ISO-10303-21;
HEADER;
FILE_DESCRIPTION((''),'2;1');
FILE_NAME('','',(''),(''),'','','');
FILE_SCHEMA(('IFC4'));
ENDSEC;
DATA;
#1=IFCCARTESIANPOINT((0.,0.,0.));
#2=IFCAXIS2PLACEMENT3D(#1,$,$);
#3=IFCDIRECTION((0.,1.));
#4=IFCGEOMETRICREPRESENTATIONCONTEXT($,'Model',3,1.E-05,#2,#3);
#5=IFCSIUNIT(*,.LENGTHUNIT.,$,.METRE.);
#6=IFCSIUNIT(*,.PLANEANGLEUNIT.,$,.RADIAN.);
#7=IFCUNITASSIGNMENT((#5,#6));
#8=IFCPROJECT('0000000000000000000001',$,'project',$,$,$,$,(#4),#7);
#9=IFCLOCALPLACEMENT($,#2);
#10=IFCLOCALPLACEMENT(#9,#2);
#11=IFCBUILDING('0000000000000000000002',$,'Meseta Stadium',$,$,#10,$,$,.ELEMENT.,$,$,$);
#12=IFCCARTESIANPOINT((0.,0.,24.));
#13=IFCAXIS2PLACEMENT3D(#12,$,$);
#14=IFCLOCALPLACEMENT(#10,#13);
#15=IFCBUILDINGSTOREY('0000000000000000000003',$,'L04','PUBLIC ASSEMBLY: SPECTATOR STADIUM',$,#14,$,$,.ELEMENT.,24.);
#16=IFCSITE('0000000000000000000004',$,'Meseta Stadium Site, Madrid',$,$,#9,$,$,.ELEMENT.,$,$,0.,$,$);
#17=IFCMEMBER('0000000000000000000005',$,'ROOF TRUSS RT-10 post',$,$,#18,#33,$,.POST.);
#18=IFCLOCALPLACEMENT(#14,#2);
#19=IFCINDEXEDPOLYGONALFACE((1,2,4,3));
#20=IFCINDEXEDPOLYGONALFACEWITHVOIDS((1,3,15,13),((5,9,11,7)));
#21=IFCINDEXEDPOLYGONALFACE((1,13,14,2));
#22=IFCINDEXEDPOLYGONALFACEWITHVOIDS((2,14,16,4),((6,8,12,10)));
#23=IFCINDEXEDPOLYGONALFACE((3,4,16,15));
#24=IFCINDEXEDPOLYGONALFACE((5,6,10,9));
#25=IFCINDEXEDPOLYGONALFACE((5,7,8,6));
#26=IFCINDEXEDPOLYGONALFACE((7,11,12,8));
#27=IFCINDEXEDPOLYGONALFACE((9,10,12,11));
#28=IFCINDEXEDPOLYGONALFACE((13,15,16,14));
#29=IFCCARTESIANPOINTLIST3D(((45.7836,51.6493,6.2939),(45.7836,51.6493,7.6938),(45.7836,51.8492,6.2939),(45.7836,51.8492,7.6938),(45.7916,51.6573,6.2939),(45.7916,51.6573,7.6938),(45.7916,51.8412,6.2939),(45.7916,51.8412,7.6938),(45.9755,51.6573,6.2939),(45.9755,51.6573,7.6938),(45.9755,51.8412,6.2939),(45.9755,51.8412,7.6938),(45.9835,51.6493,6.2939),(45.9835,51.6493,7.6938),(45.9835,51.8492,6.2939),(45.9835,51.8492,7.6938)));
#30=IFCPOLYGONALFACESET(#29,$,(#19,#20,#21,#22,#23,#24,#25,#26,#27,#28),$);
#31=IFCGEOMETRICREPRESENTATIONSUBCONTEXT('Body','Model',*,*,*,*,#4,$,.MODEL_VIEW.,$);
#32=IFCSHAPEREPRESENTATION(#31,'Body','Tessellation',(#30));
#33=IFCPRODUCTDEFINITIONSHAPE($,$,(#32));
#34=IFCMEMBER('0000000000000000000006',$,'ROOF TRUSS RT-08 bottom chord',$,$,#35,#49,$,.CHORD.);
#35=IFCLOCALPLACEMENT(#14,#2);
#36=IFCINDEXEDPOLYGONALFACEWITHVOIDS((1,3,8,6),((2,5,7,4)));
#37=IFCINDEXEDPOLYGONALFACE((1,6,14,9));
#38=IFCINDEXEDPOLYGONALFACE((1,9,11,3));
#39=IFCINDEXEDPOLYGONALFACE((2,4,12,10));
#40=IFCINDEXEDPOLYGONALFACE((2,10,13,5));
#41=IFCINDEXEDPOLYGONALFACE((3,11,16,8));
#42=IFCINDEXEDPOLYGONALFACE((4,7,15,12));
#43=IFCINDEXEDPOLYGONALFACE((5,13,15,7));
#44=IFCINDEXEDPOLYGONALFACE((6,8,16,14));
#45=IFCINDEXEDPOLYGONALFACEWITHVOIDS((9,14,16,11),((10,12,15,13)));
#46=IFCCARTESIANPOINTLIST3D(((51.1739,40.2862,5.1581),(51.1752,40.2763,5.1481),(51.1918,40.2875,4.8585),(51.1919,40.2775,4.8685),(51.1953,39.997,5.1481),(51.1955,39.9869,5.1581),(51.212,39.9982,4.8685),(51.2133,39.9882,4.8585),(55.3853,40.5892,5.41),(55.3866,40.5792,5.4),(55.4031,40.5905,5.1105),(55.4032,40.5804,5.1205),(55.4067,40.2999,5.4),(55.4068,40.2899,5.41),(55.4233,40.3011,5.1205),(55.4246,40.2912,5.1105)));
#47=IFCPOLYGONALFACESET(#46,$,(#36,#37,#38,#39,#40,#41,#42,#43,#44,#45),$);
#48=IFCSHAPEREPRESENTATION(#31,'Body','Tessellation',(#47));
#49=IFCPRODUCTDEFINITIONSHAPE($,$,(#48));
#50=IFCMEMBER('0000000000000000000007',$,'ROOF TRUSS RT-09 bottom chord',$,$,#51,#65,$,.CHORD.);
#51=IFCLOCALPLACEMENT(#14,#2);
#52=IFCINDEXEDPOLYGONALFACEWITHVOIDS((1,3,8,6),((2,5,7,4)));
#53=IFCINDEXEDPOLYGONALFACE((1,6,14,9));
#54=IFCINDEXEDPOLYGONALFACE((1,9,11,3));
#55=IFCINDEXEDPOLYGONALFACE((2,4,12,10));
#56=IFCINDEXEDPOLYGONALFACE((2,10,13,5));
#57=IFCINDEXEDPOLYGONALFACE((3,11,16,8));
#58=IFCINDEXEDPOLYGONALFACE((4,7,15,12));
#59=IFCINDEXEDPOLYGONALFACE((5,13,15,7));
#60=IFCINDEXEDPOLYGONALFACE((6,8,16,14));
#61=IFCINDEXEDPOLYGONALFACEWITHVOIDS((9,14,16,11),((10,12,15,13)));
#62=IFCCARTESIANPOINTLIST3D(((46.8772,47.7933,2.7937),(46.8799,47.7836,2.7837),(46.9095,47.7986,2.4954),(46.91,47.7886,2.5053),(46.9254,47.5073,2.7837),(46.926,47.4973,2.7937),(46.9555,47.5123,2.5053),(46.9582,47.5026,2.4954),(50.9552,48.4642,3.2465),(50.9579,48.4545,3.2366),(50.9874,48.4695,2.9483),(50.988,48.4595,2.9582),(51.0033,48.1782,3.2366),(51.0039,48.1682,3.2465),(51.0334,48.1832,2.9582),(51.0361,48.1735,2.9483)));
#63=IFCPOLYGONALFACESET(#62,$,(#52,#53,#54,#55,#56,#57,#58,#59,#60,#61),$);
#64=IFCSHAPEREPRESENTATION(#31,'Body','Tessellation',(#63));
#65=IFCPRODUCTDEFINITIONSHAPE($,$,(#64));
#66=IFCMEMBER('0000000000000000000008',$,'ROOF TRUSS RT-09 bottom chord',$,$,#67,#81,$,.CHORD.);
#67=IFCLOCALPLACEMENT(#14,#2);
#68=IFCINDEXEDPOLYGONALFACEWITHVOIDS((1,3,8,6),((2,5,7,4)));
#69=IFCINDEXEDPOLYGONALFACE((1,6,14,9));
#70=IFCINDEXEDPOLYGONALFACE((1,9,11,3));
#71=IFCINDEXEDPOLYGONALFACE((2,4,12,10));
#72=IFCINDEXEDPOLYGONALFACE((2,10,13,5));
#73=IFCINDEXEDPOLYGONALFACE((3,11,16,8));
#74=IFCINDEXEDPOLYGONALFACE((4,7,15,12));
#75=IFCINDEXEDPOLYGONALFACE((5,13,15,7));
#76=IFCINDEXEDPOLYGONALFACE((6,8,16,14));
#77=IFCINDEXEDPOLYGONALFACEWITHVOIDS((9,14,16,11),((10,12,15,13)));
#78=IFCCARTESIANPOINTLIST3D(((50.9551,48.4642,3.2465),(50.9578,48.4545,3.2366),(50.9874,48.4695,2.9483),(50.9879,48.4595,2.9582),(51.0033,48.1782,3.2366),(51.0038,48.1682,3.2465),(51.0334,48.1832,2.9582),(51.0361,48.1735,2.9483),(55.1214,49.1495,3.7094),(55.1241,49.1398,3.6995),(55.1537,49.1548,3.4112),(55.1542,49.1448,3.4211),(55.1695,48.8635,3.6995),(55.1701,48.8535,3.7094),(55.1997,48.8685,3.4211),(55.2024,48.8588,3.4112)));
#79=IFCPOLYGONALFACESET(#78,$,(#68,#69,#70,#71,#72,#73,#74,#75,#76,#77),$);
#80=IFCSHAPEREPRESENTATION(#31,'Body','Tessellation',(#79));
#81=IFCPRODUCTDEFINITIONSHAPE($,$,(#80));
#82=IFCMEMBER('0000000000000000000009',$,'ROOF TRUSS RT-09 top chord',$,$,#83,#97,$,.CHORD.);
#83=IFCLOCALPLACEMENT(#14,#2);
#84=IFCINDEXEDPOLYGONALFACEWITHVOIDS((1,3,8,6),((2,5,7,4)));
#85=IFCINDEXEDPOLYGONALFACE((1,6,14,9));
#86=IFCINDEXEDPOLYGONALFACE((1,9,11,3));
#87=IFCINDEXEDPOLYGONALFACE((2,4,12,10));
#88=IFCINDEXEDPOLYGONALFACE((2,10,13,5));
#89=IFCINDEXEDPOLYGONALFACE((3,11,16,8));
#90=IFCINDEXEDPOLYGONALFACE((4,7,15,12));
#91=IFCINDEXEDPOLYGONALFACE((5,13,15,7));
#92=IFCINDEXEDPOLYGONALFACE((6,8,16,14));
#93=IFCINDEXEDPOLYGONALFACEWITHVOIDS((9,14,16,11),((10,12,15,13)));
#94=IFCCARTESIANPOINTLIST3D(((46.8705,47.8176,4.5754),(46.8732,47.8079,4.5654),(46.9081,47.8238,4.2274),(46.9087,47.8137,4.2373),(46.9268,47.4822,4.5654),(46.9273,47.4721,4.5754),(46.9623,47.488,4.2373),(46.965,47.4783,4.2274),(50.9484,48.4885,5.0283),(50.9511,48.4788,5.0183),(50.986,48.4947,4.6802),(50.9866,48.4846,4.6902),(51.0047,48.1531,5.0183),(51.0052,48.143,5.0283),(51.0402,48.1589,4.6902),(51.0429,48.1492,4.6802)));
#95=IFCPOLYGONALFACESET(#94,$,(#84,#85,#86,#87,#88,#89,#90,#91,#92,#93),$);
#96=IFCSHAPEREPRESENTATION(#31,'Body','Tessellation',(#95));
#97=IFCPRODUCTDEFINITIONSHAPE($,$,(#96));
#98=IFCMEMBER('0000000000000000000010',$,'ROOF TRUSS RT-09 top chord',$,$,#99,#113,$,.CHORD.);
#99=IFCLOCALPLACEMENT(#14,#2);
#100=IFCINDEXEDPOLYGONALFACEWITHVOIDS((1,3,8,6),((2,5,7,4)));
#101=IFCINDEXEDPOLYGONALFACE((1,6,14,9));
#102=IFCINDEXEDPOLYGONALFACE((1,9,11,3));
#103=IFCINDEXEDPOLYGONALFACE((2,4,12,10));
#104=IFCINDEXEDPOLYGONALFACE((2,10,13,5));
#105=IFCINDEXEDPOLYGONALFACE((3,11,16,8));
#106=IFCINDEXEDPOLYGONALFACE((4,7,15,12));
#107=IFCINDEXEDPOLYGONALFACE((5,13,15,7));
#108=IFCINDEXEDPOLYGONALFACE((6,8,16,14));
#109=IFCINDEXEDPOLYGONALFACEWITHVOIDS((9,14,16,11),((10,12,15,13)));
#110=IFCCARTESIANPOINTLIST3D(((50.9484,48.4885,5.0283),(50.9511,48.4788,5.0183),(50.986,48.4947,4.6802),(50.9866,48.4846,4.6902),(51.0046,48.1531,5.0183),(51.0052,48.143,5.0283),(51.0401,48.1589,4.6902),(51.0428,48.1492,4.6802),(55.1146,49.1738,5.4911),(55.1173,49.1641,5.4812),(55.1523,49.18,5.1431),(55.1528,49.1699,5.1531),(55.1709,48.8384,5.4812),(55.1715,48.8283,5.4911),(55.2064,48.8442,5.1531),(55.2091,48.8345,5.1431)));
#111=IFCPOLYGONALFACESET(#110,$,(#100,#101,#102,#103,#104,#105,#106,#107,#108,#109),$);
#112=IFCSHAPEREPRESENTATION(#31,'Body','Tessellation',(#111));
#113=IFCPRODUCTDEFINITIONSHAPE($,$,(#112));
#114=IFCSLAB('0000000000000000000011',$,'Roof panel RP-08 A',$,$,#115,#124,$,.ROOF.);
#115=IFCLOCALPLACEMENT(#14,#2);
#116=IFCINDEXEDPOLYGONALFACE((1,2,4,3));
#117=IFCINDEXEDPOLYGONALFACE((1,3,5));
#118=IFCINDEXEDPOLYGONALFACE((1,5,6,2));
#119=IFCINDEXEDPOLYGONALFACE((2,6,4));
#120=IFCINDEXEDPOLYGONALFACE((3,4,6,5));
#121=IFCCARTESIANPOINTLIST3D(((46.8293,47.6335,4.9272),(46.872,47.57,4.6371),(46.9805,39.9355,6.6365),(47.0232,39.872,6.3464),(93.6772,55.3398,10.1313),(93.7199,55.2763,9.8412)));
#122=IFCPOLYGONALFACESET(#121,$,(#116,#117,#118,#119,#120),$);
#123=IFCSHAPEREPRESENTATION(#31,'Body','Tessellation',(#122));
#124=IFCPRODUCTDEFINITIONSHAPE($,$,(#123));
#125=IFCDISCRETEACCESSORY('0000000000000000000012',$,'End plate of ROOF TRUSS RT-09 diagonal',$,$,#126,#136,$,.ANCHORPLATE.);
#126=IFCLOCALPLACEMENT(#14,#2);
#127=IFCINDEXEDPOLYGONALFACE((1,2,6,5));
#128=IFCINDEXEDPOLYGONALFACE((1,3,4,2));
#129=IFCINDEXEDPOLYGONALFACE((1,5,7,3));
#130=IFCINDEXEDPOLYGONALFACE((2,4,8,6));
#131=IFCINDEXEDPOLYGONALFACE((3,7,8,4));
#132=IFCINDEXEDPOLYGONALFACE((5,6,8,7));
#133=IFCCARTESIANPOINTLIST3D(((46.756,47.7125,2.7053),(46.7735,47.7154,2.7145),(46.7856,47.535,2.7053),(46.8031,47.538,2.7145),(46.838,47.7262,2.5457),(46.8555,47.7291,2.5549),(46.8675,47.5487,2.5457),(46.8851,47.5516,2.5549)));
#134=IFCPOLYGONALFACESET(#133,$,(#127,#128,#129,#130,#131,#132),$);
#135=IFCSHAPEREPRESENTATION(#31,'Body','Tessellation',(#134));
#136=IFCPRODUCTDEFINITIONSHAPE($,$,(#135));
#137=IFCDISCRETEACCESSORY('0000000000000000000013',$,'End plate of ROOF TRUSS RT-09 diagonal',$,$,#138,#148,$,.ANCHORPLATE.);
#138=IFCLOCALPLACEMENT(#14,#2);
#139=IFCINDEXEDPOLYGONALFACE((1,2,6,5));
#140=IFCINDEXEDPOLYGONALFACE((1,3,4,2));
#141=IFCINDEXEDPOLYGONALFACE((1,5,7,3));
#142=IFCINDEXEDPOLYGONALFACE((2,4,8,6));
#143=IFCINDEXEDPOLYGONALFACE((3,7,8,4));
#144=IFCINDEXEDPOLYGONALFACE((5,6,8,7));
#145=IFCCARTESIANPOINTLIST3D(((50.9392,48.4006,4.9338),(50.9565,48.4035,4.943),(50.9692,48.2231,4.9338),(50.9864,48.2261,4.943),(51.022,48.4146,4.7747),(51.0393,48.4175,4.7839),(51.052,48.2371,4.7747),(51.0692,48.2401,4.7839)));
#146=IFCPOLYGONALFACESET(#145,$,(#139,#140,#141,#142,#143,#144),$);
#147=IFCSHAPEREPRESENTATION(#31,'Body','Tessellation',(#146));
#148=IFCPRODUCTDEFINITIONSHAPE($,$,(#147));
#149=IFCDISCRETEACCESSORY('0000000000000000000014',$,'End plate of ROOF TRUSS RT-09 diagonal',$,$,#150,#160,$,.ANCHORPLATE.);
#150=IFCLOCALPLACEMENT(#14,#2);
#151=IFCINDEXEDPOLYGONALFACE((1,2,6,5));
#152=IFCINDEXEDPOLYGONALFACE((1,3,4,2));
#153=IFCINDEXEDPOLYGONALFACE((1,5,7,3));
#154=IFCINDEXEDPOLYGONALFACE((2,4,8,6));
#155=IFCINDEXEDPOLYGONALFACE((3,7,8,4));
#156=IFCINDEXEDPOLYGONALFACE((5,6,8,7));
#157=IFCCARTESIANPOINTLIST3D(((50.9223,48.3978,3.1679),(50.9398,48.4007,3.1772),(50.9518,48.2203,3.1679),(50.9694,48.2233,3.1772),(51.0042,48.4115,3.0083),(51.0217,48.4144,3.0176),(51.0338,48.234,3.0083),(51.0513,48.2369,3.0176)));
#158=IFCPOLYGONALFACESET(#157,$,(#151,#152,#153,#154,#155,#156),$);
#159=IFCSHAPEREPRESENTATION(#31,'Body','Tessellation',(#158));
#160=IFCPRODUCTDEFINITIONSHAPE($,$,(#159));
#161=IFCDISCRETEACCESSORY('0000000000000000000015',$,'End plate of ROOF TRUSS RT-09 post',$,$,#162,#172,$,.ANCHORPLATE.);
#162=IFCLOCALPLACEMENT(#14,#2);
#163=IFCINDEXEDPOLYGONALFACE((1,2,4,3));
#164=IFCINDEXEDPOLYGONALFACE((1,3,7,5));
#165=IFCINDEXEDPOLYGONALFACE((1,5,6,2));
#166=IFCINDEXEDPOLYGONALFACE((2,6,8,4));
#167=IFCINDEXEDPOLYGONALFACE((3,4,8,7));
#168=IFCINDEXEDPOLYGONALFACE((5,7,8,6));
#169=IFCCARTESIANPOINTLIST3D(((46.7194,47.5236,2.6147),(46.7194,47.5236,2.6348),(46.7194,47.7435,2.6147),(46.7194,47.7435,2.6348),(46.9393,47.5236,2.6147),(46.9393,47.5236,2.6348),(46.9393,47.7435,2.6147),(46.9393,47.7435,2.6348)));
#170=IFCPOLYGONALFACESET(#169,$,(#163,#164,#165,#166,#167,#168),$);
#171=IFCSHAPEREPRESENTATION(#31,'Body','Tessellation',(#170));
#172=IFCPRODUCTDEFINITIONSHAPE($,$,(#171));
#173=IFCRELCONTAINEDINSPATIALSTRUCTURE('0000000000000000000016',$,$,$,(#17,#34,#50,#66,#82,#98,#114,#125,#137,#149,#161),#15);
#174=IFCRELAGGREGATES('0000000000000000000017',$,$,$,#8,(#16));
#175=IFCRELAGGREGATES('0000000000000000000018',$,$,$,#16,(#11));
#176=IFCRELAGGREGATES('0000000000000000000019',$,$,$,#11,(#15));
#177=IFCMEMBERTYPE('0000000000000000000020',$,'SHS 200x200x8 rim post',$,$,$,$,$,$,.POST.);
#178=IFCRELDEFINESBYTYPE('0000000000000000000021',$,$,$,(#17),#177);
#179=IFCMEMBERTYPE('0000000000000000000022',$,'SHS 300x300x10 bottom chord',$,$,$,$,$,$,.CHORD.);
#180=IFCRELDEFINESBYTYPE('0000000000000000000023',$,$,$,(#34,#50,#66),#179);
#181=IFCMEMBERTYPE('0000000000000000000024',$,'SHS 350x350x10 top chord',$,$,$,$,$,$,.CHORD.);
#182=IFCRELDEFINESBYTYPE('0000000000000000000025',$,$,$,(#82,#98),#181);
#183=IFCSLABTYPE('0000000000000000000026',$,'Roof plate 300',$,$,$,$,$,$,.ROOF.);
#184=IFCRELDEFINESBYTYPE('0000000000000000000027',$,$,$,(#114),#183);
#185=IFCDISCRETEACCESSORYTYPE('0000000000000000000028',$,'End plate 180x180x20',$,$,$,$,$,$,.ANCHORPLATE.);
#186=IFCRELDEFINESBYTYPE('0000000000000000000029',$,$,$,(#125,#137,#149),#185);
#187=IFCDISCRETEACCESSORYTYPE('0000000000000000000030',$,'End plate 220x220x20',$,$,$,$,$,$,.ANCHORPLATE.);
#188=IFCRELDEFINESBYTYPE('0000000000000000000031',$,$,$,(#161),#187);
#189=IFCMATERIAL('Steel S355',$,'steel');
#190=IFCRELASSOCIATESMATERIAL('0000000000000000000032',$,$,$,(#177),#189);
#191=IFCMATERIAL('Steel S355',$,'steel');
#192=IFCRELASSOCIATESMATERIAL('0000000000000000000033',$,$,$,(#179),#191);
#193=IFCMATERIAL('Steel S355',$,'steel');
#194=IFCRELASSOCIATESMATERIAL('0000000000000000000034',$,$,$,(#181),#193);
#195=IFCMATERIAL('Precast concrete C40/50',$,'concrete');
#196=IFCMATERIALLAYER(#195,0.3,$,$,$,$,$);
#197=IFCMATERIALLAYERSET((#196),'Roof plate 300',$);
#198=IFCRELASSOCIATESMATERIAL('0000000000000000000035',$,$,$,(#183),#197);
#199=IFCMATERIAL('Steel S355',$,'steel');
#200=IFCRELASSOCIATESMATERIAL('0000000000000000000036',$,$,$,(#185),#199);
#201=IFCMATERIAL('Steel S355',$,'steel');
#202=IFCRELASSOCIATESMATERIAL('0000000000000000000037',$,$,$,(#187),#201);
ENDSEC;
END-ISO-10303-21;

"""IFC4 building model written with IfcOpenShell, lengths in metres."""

from ifc_helpers import new_model, si_unit, direction, frame, origin, origin_2d, place, context, subcontext, project, spatial, polyline, rectangle, hollow_rectangle, outline, extrude, material, layer, layer_set, material_profile, profile_set, type_object, element, save


model = new_model("IFC4")

# Units and contexts
model_context = context("Model", 3, precision=1e-05, world=origin(), true_north=direction((0.0, 1.0)))
body_context = subcontext(model_context, "Body", "Model", "MODEL_VIEW")
ifc_project = project(units=[si_unit("LENGTHUNIT", "METRE"), si_unit("PLANEANGLEUNIT", "RADIAN")], contexts=[model_context])

# Site, building, storey
site_placement = place(None, origin())
site = spatial("IfcSite", under=ifc_project, at=site_placement, Name="Meseta Stadium Site, Madrid", CompositionType="ELEMENT", RefElevation=0.0)
building_placement = place(site_placement, origin())
building = spatial("IfcBuilding", under=site, at=building_placement, Name="Meseta Stadium", CompositionType="ELEMENT")
storey_placement = place(building_placement, frame((0.0, 0.0, 24.0)))
storey = spatial("IfcBuildingStorey", under=building, at=storey_placement, Name="L04", Description="PUBLIC ASSEMBLY: SPECTATOR STADIUM", CompositionType="ELEMENT", Elevation=24.0)

# Members
ifc_material_1 = material(Name="Steel S355", Category="steel")
ifc_material_profile_1 = material_profile(ifc_material_1, hollow_rectangle(XDim=0.2, YDim=0.2, WallThickness=0.0081, at=origin_2d()), Name="SHS 200x200x8")
ifc_profile_set_1 = profile_set([ifc_material_profile_1], Name="Steel S355")
member_type_1 = type_object("IfcMemberType", Name="SHS 200x200x8 rim post", PredefinedType="POST", material=ifc_profile_set_1)
member_1_placement = place(storey_placement, frame((45.8835, 51.7493, 6.2939), z_axis=(0.0, 0.0, 1.0), x_axis=(1.0, 0.0, 0.0)))
element("IfcMember", 1, at=member_1_placement, inside=storey, type_object=member_type_1, Name="ROOF TRUSS RT-10 post", PredefinedType="POST", context=body_context, shape_type="SweptSolid", body=[
    extrude(hollow_rectangle(XDim=0.2, YDim=0.2, WallThickness=0.0081, at=origin_2d()), origin(), (0.0, 0.0, 1.0), 1.3999),
])
ifc_material_2 = material(Name="Steel S355", Category="steel")
ifc_material_profile_2 = material_profile(ifc_material_2, hollow_rectangle(XDim=0.3, YDim=0.3, WallThickness=0.01, at=origin_2d()), Name="SHS 300x300x10")
ifc_profile_set_2 = profile_set([ifc_material_profile_2], Name="Steel S355")
member_type_2 = type_object("IfcMemberType", Name="SHS 300x300x10 bottom chord", PredefinedType="CHORD", material=ifc_profile_set_2)
member_2_placement = place(storey_placement, frame((51.1936, 40.1372, 5.0083), z_axis=(0.995651, 0.071629, 0.059566), x_axis=(-0.071757, 0.997422, 0.0)))
element("IfcMember", 2, at=member_2_placement, inside=storey, type_object=member_type_2, Name="ROOF TRUSS RT-08 bottom chord", PredefinedType="CHORD", context=body_context, shape_type="SweptSolid", body=[
    extrude(hollow_rectangle(XDim=0.3, YDim=0.3, WallThickness=0.01, at=origin_2d()), origin(), (0.0, 0.0, 1.0), 4.2297),
])
member_3_placement = place(storey_placement, frame((46.9177, 47.6479, 2.6445), z_axis=(0.980863, 0.161373, 0.108933), x_axis=(-0.162339, 0.986735, 0.0)))
element("IfcMember", 3, at=member_3_placement, inside=storey, type_object=member_type_2, Name="ROOF TRUSS RT-09 bottom chord", PredefinedType="CHORD", context=body_context, shape_type="SweptSolid", body=[
    extrude(hollow_rectangle(XDim=0.3, YDim=0.3, WallThickness=0.01, at=origin_2d()), origin(), (0.0, 0.0, 1.0), 4.1575),
])
member_4_placement = place(storey_placement, frame((50.9956, 48.3188, 3.0974), z_axis=(0.980863, 0.161341, 0.108978), x_axis=(-0.162308, 0.98674, 0.0)))
element("IfcMember", 4, at=member_4_placement, inside=storey, type_object=member_type_2, Name="ROOF TRUSS RT-09 bottom chord", PredefinedType="CHORD", context=body_context, shape_type="SweptSolid", body=[
    extrude(hollow_rectangle(XDim=0.3, YDim=0.3, WallThickness=0.01, at=origin_2d()), origin(), (0.0, 0.0, 1.0), 4.2476),
])
ifc_material_3 = material(Name="Steel S355", Category="steel")
ifc_material_profile_3 = material_profile(ifc_material_3, hollow_rectangle(XDim=0.3501, YDim=0.3501, WallThickness=0.01, at=origin_2d()), Name="SHS 350x350x10")
ifc_profile_set_3 = profile_set([ifc_material_profile_3], Name="Steel S355")
member_type_3 = type_object("IfcMemberType", Name="SHS 350x350x10 top chord", PredefinedType="CHORD", material=ifc_profile_set_3)
member_5_placement = place(storey_placement, frame((46.9177, 47.6479, 4.4014), z_axis=(0.980863, 0.161373, 0.108933), x_axis=(-0.162339, 0.986735, 0.0)))
element("IfcMember", 5, at=member_5_placement, inside=storey, type_object=member_type_3, Name="ROOF TRUSS RT-09 top chord", PredefinedType="CHORD", context=body_context, shape_type="SweptSolid", body=[
    extrude(hollow_rectangle(XDim=0.3501, YDim=0.3501, WallThickness=0.01, at=origin_2d()), origin(), (0.0, 0.0, 1.0), 4.1575),
])
member_6_placement = place(storey_placement, frame((50.9956, 48.3188, 4.8542), z_axis=(0.980863, 0.161341, 0.108978), x_axis=(-0.162308, 0.98674, 0.0)))
element("IfcMember", 6, at=member_6_placement, inside=storey, type_object=member_type_3, Name="ROOF TRUSS RT-09 top chord", PredefinedType="CHORD", context=body_context, shape_type="SweptSolid", body=[
    extrude(hollow_rectangle(XDim=0.3501, YDim=0.3501, WallThickness=0.01, at=origin_2d()), origin(), (0.0, 0.0, 1.0), 4.2476),
])

# Slab
ifc_material_4 = material(Name="Precast concrete C40/50", Category="concrete")
ifc_layer = layer(ifc_material_4, 0.3)
ifc_layer_set = layer_set([ifc_layer], Name="Roof plate 300")
slab_type = type_object("IfcSlabType", Name="Roof plate 300", PredefinedType="ROOF", material=ifc_layer_set)
slab_placement = place(storey_placement, frame((46.8293, 47.6335, 4.9272), z_axis=(-0.142261, 0.21189, 0.966884), x_axis=(0.980864, 0.161348, 0.108959)))
element("IfcSlab", 7, at=slab_placement, inside=storey, type_object=slab_type, Name="Roof panel RP-08 A", PredefinedType="ROOF", context=body_context, shape_type="SweptSolid", body=[
    extrude(outline(polyline([(0.0, 0.0), (47.7619, 0.0), (-0.9076, -7.8345), (0.0, 0.0)])), origin(), (0.0, 0.0, -1.0), 0.3),
])

# Discrete accessories
ifc_material_5 = material(Name="Steel S355", Category="steel")
ifc_material_profile_4 = material_profile(ifc_material_5, rectangle(XDim=0.1799, YDim=0.1799, at=origin_2d()), Name="PL 180x180")
ifc_profile_set_4 = profile_set([ifc_material_profile_4], Name="Steel S355")
discrete_accessory_type_1 = type_object("IfcDiscreteAccessoryType", Name="End plate 180x180x20", PredefinedType="ANCHORPLATE", material=ifc_profile_set_4)
discrete_accessory_1_placement = place(storey_placement, frame((46.8118, 47.6306, 2.6255), z_axis=(0.874931, 0.145822, 0.461769), x_axis=(-0.164399, 0.986394, 0.0)))
element("IfcDiscreteAccessory", 8, at=discrete_accessory_1_placement, inside=storey, type_object=discrete_accessory_type_1, Name="End plate of ROOF TRUSS RT-09 diagonal", PredefinedType="ANCHORPLATE", context=body_context, shape_type="SweptSolid", body=[
    extrude(rectangle(XDim=0.1799, YDim=0.1799, at=origin_2d()), origin(), (0.0, 0.0, 1.0), 0.02),
])
discrete_accessory_2_placement = place(storey_placement, frame((50.9956, 48.3188, 4.8542), z_axis=(0.872036, 0.147386, 0.466723), x_axis=(-0.166651, 0.986016, 0.0)))
element("IfcDiscreteAccessory", 9, at=discrete_accessory_2_placement, inside=storey, type_object=discrete_accessory_type_1, Name="End plate of ROOF TRUSS RT-09 diagonal", PredefinedType="ANCHORPLATE", context=body_context, shape_type="SweptSolid", body=[
    extrude(rectangle(XDim=0.1799, YDim=0.1799, at=origin_2d()), origin(), (0.0, 0.0, 1.0), 0.0198),
])
discrete_accessory_3_placement = place(storey_placement, frame((50.978, 48.3159, 3.0881), z_axis=(0.874931, 0.145822, 0.461769), x_axis=(-0.164399, 0.986394, 0.0)))
element("IfcDiscreteAccessory", 10, at=discrete_accessory_3_placement, inside=storey, type_object=discrete_accessory_type_1, Name="End plate of ROOF TRUSS RT-09 diagonal", PredefinedType="ANCHORPLATE", context=body_context, shape_type="SweptSolid", body=[
    extrude(rectangle(XDim=0.1799, YDim=0.1799, at=origin_2d()), origin(), (0.0, 0.0, 1.0), 0.02),
])
ifc_material_6 = material(Name="Steel S355", Category="steel")
ifc_material_profile_5 = material_profile(ifc_material_6, rectangle(XDim=0.22, YDim=0.22, at=origin_2d()), Name="PL 220x220")
ifc_profile_set_5 = profile_set([ifc_material_profile_5], Name="Steel S355")
discrete_accessory_type_2 = type_object("IfcDiscreteAccessoryType", Name="End plate 220x220x20", PredefinedType="ANCHORPLATE", material=ifc_profile_set_5)
discrete_accessory_4_placement = place(storey_placement, frame((46.8293, 47.6335, 2.6147), z_axis=(0.0, 0.0, 1.0), x_axis=(1.0, 0.0, 0.0)))
element("IfcDiscreteAccessory", 11, at=discrete_accessory_4_placement, inside=storey, type_object=discrete_accessory_type_2, Name="End plate of ROOF TRUSS RT-09 post", PredefinedType="ANCHORPLATE", context=body_context, shape_type="SweptSolid", body=[
    extrude(rectangle(XDim=0.22, YDim=0.22, at=origin_2d()), origin(), (0.0, 0.0, 1.0), 0.02),
])

save(model, "model.ifc")
